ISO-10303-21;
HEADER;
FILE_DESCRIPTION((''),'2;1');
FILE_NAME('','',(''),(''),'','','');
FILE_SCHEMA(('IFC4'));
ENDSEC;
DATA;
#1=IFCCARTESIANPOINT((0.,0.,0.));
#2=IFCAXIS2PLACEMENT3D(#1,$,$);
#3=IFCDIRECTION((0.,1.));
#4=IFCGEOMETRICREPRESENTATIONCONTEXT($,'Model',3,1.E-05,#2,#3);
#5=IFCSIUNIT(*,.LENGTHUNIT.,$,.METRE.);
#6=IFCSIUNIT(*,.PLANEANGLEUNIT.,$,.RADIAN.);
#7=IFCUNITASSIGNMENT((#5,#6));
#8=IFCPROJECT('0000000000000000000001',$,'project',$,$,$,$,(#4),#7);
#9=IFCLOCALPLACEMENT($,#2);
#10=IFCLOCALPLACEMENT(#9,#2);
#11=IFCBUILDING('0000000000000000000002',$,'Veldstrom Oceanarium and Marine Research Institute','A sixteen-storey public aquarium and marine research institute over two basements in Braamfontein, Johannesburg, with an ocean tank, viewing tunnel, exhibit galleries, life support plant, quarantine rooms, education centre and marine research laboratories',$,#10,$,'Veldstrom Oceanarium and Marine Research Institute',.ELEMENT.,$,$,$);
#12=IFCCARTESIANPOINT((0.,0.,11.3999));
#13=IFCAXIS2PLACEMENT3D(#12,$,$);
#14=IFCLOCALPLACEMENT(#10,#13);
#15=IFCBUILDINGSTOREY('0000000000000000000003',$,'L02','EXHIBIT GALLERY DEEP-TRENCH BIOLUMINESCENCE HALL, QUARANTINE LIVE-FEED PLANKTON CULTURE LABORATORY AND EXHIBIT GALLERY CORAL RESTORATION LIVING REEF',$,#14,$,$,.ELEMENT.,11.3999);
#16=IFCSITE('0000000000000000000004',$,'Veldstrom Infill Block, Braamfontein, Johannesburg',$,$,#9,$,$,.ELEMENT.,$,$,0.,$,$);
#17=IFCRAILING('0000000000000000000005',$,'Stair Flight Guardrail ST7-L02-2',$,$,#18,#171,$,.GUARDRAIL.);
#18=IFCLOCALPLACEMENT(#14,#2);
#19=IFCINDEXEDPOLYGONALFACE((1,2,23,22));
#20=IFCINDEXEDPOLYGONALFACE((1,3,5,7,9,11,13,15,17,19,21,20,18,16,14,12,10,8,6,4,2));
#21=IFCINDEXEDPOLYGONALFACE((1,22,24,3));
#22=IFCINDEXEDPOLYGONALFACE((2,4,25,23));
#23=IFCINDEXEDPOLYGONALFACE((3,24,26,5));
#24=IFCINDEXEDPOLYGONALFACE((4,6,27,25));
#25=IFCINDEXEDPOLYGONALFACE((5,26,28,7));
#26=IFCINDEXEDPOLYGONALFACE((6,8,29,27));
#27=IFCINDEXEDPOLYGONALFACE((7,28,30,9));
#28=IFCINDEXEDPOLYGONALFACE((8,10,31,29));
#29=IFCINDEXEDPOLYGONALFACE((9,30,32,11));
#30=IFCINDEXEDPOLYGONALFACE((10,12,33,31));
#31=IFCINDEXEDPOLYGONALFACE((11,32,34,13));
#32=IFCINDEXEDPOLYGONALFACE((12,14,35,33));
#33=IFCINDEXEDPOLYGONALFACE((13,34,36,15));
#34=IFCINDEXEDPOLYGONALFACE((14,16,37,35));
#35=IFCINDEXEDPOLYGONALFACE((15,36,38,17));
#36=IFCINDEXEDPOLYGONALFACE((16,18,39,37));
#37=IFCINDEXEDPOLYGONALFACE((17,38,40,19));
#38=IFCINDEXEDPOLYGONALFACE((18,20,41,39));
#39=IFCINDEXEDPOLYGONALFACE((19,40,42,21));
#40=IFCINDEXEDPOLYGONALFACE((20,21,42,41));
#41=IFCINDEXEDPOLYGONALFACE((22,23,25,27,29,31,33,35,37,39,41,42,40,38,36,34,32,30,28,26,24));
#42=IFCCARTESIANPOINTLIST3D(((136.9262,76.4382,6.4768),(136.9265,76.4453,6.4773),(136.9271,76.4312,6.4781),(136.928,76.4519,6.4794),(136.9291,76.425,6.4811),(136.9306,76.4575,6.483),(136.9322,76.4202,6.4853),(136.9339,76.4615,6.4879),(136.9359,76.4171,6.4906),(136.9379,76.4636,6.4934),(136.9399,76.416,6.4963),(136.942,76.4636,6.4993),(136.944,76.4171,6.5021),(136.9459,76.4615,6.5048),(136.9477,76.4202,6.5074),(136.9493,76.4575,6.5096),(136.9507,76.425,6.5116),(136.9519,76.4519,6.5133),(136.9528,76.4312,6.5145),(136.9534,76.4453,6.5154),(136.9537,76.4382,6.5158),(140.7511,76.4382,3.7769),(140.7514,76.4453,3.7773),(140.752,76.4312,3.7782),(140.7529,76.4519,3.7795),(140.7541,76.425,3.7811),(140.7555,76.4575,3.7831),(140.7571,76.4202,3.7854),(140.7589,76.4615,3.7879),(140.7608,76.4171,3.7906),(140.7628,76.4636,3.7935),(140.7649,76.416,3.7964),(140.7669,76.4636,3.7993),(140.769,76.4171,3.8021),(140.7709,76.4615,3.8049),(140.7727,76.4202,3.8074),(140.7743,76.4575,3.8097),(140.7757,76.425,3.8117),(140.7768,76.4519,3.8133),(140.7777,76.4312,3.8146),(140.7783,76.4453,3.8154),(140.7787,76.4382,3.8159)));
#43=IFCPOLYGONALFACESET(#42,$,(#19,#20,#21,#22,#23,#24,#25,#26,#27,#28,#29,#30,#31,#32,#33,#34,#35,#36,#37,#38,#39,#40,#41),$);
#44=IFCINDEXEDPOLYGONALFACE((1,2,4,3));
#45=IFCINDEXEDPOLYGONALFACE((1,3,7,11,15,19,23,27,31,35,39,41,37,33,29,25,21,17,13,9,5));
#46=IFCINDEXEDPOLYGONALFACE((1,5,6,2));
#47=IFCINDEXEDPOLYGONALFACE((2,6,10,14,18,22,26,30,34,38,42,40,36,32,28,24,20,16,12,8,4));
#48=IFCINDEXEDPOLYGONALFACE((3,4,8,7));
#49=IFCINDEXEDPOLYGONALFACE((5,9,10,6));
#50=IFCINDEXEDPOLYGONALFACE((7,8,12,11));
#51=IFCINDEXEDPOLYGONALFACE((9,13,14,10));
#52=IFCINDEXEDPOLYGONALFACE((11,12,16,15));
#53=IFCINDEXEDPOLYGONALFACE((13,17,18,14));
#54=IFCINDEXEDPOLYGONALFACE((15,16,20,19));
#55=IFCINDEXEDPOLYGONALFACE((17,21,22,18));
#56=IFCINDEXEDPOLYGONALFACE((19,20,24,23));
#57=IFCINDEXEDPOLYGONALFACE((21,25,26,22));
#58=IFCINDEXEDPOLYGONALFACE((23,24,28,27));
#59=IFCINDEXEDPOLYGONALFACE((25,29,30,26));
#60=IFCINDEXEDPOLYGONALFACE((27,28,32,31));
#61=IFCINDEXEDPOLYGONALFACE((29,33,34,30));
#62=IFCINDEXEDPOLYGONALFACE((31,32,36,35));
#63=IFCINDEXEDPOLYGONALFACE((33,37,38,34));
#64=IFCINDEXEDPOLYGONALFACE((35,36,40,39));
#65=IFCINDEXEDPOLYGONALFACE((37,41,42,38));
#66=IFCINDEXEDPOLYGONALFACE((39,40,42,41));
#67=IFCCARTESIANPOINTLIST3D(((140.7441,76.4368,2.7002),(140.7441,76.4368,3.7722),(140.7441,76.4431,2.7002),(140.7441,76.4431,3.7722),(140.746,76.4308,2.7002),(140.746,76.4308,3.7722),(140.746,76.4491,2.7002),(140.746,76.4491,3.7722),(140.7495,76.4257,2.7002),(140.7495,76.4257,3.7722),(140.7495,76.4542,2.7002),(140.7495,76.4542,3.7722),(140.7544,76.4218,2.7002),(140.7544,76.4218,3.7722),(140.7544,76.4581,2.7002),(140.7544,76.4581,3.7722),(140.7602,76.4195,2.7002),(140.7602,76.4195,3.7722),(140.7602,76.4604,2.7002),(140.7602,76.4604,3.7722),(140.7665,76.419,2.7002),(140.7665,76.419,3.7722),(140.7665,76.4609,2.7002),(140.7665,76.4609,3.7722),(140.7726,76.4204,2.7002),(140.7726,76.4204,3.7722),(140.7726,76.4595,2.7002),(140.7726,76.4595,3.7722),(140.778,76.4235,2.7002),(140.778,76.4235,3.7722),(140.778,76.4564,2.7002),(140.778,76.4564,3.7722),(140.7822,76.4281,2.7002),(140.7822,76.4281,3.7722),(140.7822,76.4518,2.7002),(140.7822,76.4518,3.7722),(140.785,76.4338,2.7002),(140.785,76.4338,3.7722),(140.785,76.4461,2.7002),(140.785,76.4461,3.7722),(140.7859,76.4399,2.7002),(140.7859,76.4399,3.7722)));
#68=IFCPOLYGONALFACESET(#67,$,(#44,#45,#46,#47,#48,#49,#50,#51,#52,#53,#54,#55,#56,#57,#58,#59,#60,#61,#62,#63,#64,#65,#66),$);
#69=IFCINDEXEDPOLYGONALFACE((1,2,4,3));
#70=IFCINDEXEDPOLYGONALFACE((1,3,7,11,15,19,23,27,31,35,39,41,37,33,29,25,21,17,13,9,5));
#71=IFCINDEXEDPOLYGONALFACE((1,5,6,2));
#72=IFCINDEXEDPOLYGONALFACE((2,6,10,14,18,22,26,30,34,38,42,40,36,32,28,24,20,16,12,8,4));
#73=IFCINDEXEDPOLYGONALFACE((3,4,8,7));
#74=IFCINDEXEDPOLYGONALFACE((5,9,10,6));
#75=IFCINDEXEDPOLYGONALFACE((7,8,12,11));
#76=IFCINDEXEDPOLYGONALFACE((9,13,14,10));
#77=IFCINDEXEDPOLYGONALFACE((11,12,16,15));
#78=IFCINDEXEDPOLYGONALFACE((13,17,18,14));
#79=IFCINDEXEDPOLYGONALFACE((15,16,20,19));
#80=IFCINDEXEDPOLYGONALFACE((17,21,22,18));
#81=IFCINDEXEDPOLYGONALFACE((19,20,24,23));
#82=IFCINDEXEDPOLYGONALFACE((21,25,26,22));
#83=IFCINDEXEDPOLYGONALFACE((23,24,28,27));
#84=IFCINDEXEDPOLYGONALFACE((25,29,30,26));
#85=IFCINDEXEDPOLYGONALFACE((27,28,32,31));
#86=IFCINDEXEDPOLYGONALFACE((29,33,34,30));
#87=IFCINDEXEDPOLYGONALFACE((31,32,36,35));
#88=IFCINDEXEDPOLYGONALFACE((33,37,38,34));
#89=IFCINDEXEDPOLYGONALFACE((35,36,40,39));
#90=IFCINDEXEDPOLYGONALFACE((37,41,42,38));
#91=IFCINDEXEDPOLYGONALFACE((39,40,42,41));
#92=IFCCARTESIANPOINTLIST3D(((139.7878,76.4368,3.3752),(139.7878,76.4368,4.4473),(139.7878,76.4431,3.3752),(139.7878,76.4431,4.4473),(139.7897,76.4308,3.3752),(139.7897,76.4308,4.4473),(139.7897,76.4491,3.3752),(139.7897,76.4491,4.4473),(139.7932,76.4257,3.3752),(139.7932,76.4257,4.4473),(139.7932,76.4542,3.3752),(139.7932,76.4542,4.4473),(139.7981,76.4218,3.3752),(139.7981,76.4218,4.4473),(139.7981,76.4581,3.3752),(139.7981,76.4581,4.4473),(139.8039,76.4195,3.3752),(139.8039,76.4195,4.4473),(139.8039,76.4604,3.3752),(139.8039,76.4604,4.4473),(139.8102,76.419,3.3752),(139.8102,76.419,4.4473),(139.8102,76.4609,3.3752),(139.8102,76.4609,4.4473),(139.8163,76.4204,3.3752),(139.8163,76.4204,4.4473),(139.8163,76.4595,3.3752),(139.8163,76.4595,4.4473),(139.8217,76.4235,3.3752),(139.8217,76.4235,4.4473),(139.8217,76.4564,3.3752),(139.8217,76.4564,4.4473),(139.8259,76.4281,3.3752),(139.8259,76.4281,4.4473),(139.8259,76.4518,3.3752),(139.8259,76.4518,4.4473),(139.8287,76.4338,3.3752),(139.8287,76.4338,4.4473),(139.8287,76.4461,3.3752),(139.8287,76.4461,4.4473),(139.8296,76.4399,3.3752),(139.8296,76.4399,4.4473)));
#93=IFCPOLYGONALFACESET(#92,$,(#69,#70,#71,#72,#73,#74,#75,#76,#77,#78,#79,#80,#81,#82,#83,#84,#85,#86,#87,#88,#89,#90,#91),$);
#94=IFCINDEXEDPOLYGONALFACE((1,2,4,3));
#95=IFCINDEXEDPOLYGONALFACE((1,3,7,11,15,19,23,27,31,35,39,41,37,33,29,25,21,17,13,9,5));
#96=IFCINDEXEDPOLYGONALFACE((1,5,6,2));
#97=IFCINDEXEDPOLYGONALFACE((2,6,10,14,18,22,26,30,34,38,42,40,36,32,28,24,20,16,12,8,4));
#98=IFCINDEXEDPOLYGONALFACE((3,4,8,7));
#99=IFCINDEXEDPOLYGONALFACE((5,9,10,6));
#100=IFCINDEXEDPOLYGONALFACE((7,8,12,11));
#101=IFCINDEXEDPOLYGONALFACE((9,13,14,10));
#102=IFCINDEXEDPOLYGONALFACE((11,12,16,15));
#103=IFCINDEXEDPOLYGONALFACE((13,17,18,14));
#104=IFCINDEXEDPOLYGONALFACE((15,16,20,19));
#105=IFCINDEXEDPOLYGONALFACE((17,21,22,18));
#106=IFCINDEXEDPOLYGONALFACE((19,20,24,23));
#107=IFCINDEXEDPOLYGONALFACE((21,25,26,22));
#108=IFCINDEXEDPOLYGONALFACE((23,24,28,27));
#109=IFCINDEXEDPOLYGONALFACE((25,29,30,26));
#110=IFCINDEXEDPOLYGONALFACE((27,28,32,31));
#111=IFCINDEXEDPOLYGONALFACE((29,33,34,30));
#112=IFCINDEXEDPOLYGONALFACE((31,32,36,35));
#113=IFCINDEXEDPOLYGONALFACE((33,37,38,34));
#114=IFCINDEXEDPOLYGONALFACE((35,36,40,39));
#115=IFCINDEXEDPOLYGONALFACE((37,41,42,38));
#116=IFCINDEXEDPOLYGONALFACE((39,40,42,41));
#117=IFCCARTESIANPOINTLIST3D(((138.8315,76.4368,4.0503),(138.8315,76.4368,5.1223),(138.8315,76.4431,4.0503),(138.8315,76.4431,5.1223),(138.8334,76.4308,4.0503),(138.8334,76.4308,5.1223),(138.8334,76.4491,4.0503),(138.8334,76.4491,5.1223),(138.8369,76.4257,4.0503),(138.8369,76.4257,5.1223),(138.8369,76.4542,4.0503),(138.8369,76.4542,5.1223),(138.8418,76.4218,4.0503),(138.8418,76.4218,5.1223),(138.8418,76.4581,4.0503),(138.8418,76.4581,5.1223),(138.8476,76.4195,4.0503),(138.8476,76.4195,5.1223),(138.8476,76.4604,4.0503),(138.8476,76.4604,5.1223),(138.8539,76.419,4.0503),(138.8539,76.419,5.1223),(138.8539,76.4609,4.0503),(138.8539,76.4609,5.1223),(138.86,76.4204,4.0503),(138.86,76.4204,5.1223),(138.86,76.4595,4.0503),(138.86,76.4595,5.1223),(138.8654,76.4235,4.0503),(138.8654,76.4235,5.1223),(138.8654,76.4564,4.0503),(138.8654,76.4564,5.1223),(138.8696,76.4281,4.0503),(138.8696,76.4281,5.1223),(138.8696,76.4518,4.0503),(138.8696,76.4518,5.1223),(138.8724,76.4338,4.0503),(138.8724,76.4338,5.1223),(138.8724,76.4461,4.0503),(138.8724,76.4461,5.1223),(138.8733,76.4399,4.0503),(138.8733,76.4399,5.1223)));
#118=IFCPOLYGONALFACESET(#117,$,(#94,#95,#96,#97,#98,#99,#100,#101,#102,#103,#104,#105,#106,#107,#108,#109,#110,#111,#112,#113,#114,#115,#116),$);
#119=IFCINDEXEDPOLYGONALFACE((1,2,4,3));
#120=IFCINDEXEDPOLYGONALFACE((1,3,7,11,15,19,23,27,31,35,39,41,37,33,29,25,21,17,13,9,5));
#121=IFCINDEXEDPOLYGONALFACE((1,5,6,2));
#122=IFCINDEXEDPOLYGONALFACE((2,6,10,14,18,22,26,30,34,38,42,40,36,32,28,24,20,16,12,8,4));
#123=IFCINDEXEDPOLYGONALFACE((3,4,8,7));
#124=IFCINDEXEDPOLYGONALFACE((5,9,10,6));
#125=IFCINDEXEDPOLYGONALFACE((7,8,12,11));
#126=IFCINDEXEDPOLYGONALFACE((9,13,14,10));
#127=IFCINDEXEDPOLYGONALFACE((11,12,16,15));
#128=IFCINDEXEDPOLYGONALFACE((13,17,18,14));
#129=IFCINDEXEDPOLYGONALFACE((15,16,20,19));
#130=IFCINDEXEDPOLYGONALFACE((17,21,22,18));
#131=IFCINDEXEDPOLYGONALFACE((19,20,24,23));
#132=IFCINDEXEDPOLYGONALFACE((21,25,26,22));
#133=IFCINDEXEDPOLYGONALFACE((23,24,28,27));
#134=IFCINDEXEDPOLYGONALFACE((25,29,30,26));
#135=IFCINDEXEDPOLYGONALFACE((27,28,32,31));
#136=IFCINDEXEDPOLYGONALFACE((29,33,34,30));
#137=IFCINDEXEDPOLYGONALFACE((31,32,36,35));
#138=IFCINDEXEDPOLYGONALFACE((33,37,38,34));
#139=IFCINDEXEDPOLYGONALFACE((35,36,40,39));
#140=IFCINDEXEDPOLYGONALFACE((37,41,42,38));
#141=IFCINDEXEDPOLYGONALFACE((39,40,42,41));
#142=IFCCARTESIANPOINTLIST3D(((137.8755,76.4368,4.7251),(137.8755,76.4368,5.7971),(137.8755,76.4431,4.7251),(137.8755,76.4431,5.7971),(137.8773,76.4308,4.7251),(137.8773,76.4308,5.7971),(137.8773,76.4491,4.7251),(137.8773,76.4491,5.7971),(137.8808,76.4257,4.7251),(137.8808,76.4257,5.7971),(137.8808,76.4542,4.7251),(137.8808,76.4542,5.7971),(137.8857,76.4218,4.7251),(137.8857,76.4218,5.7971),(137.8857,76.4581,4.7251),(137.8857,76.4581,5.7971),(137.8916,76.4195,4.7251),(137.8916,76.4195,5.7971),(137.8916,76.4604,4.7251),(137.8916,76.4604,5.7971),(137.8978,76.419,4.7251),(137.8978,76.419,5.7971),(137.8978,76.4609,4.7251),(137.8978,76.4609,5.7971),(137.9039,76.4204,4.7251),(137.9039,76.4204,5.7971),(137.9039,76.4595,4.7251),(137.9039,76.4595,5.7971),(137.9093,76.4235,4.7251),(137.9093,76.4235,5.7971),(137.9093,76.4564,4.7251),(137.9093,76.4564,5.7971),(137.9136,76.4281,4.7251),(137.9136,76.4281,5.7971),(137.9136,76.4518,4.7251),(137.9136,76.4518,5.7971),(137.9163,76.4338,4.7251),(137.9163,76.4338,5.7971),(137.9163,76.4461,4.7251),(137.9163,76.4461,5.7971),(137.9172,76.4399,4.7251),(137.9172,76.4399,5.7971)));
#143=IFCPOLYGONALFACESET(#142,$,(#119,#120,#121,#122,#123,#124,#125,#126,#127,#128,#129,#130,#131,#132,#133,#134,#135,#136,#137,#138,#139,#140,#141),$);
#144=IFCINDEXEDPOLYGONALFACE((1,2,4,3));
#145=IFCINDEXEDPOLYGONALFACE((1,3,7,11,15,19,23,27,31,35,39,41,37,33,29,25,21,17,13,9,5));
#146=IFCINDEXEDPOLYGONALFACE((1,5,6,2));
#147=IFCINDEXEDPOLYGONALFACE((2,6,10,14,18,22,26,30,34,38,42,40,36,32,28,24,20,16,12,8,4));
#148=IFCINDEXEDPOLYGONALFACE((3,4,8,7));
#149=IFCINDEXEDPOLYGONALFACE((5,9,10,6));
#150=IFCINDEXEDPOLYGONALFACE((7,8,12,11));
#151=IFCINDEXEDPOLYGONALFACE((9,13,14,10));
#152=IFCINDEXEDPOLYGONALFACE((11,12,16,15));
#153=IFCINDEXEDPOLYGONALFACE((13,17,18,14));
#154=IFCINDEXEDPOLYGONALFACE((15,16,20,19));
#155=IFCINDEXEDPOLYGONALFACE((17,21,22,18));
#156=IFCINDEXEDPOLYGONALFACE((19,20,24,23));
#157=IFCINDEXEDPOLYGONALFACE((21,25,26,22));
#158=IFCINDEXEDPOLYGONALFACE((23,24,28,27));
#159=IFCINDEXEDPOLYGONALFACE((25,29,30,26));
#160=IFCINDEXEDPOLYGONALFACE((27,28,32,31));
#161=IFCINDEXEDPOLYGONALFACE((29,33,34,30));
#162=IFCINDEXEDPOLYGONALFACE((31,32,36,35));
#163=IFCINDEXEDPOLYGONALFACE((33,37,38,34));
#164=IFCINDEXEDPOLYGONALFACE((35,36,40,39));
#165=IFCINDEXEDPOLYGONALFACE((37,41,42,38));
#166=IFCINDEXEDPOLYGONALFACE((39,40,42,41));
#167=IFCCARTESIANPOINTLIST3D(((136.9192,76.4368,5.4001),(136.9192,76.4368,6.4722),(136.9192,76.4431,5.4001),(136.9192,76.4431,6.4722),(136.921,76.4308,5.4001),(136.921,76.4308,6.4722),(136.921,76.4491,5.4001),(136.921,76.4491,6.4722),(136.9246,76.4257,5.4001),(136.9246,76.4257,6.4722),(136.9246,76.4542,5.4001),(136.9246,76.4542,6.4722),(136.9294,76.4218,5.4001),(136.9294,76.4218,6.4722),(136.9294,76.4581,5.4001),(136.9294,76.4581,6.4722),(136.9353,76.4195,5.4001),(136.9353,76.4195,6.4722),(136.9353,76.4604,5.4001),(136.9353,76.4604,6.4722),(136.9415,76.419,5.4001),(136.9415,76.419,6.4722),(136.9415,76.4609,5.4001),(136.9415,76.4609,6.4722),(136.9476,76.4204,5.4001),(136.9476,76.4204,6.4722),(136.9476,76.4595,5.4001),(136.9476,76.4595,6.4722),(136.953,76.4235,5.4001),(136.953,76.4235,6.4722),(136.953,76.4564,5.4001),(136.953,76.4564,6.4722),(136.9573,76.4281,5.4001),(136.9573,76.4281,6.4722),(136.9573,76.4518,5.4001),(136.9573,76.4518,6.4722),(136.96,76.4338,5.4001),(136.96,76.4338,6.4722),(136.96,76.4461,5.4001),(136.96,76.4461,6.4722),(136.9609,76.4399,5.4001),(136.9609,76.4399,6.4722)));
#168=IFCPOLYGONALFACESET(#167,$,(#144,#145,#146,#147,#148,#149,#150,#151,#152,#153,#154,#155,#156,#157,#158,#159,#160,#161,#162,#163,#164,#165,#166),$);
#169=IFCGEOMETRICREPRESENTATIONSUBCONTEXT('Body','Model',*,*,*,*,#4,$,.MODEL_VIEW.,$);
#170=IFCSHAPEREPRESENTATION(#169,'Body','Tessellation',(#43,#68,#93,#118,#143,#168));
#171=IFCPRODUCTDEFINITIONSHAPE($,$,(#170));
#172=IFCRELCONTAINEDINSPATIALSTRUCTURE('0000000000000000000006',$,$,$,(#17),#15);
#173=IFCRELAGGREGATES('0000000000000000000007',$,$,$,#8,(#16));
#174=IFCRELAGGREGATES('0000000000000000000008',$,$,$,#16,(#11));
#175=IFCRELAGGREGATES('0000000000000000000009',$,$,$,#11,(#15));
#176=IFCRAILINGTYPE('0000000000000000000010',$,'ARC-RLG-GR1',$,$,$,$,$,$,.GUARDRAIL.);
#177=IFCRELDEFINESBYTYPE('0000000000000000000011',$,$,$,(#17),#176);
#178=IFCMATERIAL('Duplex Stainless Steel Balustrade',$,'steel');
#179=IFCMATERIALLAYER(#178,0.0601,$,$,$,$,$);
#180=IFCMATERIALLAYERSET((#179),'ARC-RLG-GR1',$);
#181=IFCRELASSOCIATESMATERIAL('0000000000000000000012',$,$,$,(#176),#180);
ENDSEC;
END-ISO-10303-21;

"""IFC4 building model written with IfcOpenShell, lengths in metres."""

from ifc_helpers import new_model, si_unit, direction, frame, origin, origin_2d, place, context, subcontext, project, spatial, circle, extrude, material, layer, layer_set, type_object, element, save


model = new_model("IFC4")

# Units and contexts
model_context = context("Model", 3, precision=1e-05, world=origin(), true_north=direction((0.0, 1.0)))
body_context = subcontext(model_context, "Body", "Model", "MODEL_VIEW")
ifc_project = project(units=[si_unit("LENGTHUNIT", "METRE"), si_unit("PLANEANGLEUNIT", "RADIAN")], contexts=[model_context])

# Site, building, storey
site_placement = place(None, origin())
site = spatial("IfcSite", under=ifc_project, at=site_placement, Name="Veldstrom Infill Block, Braamfontein, Johannesburg", CompositionType="ELEMENT", RefElevation=0.0)
building_placement = place(site_placement, origin())
building = spatial("IfcBuilding", under=site, at=building_placement, Name="Veldstrom Oceanarium and Marine Research Institute", Description="A sixteen-storey public aquarium and marine research institute over two basements in Braamfontein, Johannesburg, with an ocean tank, viewing tunnel, exhibit galleries, life support plant, quarantine rooms, education centre and marine research laboratories", LongName="Veldstrom Oceanarium and Marine Research Institute", CompositionType="ELEMENT")
storey_placement = place(building_placement, frame((0.0, 0.0, 11.3999)))
storey = spatial("IfcBuildingStorey", under=building, at=storey_placement, Name="L02", Description="EXHIBIT GALLERY DEEP-TRENCH BIOLUMINESCENCE HALL, QUARANTINE LIVE-FEED PLANKTON CULTURE LABORATORY AND EXHIBIT GALLERY CORAL RESTORATION LIVING REEF", CompositionType="ELEMENT", Elevation=11.3999)

# Railing
ifc_material_1 = material(Name="Duplex Stainless Steel Balustrade", Category="steel")
ifc_layer_1 = layer(ifc_material_1, 0.0601)
ifc_layer_set_1 = layer_set([ifc_layer_1], Name="ARC-RLG-GR1")
railing_type_1 = type_object("IfcRailingType", Name="ARC-RLG-GR1", PredefinedType="GUARDRAIL", material=ifc_layer_set_1)
railing_1_placement = place(storey_placement, frame((140.7649, 76.4399, 2.7002)))
element("IfcRailing", 1, at=railing_1_placement, inside=storey, type_object=railing_type_1, Name="Stair Flight Guardrail ST7-L02-2", PredefinedType="GUARDRAIL", context=body_context, shape_type="SweptSolid", body=[
    extrude(circle(Radius=0.0239, at=origin_2d()), frame((0.0, 0.0, 1.0962), z_axis=(-0.816969, 0.0, 0.576681), x_axis=(0.0, -1.0, 0.0)), (0.0, 0.0, 1.0), 4.6819),
    extrude(circle(Radius=0.021, at=origin_2d()), origin(), (0.0, 0.0, 1.0), 1.072),
    extrude(circle(Radius=0.021, at=origin_2d()), frame((-0.9563, 0.0, 0.675)), (0.0, 0.0, 1.0), 1.072),
    extrude(circle(Radius=0.021, at=origin_2d()), frame((-1.9126, 0.0, 1.3501)), (0.0, 0.0, 1.0), 1.072),
    extrude(circle(Radius=0.021, at=origin_2d()), frame((-2.8687, 0.0, 2.0249)), (0.0, 0.0, 1.0), 1.072),
    extrude(circle(Radius=0.021, at=origin_2d()), frame((-3.825, 0.0, 2.7)), (0.0, 0.0, 1.0), 1.072),
])

save(model, "model.ifc")
